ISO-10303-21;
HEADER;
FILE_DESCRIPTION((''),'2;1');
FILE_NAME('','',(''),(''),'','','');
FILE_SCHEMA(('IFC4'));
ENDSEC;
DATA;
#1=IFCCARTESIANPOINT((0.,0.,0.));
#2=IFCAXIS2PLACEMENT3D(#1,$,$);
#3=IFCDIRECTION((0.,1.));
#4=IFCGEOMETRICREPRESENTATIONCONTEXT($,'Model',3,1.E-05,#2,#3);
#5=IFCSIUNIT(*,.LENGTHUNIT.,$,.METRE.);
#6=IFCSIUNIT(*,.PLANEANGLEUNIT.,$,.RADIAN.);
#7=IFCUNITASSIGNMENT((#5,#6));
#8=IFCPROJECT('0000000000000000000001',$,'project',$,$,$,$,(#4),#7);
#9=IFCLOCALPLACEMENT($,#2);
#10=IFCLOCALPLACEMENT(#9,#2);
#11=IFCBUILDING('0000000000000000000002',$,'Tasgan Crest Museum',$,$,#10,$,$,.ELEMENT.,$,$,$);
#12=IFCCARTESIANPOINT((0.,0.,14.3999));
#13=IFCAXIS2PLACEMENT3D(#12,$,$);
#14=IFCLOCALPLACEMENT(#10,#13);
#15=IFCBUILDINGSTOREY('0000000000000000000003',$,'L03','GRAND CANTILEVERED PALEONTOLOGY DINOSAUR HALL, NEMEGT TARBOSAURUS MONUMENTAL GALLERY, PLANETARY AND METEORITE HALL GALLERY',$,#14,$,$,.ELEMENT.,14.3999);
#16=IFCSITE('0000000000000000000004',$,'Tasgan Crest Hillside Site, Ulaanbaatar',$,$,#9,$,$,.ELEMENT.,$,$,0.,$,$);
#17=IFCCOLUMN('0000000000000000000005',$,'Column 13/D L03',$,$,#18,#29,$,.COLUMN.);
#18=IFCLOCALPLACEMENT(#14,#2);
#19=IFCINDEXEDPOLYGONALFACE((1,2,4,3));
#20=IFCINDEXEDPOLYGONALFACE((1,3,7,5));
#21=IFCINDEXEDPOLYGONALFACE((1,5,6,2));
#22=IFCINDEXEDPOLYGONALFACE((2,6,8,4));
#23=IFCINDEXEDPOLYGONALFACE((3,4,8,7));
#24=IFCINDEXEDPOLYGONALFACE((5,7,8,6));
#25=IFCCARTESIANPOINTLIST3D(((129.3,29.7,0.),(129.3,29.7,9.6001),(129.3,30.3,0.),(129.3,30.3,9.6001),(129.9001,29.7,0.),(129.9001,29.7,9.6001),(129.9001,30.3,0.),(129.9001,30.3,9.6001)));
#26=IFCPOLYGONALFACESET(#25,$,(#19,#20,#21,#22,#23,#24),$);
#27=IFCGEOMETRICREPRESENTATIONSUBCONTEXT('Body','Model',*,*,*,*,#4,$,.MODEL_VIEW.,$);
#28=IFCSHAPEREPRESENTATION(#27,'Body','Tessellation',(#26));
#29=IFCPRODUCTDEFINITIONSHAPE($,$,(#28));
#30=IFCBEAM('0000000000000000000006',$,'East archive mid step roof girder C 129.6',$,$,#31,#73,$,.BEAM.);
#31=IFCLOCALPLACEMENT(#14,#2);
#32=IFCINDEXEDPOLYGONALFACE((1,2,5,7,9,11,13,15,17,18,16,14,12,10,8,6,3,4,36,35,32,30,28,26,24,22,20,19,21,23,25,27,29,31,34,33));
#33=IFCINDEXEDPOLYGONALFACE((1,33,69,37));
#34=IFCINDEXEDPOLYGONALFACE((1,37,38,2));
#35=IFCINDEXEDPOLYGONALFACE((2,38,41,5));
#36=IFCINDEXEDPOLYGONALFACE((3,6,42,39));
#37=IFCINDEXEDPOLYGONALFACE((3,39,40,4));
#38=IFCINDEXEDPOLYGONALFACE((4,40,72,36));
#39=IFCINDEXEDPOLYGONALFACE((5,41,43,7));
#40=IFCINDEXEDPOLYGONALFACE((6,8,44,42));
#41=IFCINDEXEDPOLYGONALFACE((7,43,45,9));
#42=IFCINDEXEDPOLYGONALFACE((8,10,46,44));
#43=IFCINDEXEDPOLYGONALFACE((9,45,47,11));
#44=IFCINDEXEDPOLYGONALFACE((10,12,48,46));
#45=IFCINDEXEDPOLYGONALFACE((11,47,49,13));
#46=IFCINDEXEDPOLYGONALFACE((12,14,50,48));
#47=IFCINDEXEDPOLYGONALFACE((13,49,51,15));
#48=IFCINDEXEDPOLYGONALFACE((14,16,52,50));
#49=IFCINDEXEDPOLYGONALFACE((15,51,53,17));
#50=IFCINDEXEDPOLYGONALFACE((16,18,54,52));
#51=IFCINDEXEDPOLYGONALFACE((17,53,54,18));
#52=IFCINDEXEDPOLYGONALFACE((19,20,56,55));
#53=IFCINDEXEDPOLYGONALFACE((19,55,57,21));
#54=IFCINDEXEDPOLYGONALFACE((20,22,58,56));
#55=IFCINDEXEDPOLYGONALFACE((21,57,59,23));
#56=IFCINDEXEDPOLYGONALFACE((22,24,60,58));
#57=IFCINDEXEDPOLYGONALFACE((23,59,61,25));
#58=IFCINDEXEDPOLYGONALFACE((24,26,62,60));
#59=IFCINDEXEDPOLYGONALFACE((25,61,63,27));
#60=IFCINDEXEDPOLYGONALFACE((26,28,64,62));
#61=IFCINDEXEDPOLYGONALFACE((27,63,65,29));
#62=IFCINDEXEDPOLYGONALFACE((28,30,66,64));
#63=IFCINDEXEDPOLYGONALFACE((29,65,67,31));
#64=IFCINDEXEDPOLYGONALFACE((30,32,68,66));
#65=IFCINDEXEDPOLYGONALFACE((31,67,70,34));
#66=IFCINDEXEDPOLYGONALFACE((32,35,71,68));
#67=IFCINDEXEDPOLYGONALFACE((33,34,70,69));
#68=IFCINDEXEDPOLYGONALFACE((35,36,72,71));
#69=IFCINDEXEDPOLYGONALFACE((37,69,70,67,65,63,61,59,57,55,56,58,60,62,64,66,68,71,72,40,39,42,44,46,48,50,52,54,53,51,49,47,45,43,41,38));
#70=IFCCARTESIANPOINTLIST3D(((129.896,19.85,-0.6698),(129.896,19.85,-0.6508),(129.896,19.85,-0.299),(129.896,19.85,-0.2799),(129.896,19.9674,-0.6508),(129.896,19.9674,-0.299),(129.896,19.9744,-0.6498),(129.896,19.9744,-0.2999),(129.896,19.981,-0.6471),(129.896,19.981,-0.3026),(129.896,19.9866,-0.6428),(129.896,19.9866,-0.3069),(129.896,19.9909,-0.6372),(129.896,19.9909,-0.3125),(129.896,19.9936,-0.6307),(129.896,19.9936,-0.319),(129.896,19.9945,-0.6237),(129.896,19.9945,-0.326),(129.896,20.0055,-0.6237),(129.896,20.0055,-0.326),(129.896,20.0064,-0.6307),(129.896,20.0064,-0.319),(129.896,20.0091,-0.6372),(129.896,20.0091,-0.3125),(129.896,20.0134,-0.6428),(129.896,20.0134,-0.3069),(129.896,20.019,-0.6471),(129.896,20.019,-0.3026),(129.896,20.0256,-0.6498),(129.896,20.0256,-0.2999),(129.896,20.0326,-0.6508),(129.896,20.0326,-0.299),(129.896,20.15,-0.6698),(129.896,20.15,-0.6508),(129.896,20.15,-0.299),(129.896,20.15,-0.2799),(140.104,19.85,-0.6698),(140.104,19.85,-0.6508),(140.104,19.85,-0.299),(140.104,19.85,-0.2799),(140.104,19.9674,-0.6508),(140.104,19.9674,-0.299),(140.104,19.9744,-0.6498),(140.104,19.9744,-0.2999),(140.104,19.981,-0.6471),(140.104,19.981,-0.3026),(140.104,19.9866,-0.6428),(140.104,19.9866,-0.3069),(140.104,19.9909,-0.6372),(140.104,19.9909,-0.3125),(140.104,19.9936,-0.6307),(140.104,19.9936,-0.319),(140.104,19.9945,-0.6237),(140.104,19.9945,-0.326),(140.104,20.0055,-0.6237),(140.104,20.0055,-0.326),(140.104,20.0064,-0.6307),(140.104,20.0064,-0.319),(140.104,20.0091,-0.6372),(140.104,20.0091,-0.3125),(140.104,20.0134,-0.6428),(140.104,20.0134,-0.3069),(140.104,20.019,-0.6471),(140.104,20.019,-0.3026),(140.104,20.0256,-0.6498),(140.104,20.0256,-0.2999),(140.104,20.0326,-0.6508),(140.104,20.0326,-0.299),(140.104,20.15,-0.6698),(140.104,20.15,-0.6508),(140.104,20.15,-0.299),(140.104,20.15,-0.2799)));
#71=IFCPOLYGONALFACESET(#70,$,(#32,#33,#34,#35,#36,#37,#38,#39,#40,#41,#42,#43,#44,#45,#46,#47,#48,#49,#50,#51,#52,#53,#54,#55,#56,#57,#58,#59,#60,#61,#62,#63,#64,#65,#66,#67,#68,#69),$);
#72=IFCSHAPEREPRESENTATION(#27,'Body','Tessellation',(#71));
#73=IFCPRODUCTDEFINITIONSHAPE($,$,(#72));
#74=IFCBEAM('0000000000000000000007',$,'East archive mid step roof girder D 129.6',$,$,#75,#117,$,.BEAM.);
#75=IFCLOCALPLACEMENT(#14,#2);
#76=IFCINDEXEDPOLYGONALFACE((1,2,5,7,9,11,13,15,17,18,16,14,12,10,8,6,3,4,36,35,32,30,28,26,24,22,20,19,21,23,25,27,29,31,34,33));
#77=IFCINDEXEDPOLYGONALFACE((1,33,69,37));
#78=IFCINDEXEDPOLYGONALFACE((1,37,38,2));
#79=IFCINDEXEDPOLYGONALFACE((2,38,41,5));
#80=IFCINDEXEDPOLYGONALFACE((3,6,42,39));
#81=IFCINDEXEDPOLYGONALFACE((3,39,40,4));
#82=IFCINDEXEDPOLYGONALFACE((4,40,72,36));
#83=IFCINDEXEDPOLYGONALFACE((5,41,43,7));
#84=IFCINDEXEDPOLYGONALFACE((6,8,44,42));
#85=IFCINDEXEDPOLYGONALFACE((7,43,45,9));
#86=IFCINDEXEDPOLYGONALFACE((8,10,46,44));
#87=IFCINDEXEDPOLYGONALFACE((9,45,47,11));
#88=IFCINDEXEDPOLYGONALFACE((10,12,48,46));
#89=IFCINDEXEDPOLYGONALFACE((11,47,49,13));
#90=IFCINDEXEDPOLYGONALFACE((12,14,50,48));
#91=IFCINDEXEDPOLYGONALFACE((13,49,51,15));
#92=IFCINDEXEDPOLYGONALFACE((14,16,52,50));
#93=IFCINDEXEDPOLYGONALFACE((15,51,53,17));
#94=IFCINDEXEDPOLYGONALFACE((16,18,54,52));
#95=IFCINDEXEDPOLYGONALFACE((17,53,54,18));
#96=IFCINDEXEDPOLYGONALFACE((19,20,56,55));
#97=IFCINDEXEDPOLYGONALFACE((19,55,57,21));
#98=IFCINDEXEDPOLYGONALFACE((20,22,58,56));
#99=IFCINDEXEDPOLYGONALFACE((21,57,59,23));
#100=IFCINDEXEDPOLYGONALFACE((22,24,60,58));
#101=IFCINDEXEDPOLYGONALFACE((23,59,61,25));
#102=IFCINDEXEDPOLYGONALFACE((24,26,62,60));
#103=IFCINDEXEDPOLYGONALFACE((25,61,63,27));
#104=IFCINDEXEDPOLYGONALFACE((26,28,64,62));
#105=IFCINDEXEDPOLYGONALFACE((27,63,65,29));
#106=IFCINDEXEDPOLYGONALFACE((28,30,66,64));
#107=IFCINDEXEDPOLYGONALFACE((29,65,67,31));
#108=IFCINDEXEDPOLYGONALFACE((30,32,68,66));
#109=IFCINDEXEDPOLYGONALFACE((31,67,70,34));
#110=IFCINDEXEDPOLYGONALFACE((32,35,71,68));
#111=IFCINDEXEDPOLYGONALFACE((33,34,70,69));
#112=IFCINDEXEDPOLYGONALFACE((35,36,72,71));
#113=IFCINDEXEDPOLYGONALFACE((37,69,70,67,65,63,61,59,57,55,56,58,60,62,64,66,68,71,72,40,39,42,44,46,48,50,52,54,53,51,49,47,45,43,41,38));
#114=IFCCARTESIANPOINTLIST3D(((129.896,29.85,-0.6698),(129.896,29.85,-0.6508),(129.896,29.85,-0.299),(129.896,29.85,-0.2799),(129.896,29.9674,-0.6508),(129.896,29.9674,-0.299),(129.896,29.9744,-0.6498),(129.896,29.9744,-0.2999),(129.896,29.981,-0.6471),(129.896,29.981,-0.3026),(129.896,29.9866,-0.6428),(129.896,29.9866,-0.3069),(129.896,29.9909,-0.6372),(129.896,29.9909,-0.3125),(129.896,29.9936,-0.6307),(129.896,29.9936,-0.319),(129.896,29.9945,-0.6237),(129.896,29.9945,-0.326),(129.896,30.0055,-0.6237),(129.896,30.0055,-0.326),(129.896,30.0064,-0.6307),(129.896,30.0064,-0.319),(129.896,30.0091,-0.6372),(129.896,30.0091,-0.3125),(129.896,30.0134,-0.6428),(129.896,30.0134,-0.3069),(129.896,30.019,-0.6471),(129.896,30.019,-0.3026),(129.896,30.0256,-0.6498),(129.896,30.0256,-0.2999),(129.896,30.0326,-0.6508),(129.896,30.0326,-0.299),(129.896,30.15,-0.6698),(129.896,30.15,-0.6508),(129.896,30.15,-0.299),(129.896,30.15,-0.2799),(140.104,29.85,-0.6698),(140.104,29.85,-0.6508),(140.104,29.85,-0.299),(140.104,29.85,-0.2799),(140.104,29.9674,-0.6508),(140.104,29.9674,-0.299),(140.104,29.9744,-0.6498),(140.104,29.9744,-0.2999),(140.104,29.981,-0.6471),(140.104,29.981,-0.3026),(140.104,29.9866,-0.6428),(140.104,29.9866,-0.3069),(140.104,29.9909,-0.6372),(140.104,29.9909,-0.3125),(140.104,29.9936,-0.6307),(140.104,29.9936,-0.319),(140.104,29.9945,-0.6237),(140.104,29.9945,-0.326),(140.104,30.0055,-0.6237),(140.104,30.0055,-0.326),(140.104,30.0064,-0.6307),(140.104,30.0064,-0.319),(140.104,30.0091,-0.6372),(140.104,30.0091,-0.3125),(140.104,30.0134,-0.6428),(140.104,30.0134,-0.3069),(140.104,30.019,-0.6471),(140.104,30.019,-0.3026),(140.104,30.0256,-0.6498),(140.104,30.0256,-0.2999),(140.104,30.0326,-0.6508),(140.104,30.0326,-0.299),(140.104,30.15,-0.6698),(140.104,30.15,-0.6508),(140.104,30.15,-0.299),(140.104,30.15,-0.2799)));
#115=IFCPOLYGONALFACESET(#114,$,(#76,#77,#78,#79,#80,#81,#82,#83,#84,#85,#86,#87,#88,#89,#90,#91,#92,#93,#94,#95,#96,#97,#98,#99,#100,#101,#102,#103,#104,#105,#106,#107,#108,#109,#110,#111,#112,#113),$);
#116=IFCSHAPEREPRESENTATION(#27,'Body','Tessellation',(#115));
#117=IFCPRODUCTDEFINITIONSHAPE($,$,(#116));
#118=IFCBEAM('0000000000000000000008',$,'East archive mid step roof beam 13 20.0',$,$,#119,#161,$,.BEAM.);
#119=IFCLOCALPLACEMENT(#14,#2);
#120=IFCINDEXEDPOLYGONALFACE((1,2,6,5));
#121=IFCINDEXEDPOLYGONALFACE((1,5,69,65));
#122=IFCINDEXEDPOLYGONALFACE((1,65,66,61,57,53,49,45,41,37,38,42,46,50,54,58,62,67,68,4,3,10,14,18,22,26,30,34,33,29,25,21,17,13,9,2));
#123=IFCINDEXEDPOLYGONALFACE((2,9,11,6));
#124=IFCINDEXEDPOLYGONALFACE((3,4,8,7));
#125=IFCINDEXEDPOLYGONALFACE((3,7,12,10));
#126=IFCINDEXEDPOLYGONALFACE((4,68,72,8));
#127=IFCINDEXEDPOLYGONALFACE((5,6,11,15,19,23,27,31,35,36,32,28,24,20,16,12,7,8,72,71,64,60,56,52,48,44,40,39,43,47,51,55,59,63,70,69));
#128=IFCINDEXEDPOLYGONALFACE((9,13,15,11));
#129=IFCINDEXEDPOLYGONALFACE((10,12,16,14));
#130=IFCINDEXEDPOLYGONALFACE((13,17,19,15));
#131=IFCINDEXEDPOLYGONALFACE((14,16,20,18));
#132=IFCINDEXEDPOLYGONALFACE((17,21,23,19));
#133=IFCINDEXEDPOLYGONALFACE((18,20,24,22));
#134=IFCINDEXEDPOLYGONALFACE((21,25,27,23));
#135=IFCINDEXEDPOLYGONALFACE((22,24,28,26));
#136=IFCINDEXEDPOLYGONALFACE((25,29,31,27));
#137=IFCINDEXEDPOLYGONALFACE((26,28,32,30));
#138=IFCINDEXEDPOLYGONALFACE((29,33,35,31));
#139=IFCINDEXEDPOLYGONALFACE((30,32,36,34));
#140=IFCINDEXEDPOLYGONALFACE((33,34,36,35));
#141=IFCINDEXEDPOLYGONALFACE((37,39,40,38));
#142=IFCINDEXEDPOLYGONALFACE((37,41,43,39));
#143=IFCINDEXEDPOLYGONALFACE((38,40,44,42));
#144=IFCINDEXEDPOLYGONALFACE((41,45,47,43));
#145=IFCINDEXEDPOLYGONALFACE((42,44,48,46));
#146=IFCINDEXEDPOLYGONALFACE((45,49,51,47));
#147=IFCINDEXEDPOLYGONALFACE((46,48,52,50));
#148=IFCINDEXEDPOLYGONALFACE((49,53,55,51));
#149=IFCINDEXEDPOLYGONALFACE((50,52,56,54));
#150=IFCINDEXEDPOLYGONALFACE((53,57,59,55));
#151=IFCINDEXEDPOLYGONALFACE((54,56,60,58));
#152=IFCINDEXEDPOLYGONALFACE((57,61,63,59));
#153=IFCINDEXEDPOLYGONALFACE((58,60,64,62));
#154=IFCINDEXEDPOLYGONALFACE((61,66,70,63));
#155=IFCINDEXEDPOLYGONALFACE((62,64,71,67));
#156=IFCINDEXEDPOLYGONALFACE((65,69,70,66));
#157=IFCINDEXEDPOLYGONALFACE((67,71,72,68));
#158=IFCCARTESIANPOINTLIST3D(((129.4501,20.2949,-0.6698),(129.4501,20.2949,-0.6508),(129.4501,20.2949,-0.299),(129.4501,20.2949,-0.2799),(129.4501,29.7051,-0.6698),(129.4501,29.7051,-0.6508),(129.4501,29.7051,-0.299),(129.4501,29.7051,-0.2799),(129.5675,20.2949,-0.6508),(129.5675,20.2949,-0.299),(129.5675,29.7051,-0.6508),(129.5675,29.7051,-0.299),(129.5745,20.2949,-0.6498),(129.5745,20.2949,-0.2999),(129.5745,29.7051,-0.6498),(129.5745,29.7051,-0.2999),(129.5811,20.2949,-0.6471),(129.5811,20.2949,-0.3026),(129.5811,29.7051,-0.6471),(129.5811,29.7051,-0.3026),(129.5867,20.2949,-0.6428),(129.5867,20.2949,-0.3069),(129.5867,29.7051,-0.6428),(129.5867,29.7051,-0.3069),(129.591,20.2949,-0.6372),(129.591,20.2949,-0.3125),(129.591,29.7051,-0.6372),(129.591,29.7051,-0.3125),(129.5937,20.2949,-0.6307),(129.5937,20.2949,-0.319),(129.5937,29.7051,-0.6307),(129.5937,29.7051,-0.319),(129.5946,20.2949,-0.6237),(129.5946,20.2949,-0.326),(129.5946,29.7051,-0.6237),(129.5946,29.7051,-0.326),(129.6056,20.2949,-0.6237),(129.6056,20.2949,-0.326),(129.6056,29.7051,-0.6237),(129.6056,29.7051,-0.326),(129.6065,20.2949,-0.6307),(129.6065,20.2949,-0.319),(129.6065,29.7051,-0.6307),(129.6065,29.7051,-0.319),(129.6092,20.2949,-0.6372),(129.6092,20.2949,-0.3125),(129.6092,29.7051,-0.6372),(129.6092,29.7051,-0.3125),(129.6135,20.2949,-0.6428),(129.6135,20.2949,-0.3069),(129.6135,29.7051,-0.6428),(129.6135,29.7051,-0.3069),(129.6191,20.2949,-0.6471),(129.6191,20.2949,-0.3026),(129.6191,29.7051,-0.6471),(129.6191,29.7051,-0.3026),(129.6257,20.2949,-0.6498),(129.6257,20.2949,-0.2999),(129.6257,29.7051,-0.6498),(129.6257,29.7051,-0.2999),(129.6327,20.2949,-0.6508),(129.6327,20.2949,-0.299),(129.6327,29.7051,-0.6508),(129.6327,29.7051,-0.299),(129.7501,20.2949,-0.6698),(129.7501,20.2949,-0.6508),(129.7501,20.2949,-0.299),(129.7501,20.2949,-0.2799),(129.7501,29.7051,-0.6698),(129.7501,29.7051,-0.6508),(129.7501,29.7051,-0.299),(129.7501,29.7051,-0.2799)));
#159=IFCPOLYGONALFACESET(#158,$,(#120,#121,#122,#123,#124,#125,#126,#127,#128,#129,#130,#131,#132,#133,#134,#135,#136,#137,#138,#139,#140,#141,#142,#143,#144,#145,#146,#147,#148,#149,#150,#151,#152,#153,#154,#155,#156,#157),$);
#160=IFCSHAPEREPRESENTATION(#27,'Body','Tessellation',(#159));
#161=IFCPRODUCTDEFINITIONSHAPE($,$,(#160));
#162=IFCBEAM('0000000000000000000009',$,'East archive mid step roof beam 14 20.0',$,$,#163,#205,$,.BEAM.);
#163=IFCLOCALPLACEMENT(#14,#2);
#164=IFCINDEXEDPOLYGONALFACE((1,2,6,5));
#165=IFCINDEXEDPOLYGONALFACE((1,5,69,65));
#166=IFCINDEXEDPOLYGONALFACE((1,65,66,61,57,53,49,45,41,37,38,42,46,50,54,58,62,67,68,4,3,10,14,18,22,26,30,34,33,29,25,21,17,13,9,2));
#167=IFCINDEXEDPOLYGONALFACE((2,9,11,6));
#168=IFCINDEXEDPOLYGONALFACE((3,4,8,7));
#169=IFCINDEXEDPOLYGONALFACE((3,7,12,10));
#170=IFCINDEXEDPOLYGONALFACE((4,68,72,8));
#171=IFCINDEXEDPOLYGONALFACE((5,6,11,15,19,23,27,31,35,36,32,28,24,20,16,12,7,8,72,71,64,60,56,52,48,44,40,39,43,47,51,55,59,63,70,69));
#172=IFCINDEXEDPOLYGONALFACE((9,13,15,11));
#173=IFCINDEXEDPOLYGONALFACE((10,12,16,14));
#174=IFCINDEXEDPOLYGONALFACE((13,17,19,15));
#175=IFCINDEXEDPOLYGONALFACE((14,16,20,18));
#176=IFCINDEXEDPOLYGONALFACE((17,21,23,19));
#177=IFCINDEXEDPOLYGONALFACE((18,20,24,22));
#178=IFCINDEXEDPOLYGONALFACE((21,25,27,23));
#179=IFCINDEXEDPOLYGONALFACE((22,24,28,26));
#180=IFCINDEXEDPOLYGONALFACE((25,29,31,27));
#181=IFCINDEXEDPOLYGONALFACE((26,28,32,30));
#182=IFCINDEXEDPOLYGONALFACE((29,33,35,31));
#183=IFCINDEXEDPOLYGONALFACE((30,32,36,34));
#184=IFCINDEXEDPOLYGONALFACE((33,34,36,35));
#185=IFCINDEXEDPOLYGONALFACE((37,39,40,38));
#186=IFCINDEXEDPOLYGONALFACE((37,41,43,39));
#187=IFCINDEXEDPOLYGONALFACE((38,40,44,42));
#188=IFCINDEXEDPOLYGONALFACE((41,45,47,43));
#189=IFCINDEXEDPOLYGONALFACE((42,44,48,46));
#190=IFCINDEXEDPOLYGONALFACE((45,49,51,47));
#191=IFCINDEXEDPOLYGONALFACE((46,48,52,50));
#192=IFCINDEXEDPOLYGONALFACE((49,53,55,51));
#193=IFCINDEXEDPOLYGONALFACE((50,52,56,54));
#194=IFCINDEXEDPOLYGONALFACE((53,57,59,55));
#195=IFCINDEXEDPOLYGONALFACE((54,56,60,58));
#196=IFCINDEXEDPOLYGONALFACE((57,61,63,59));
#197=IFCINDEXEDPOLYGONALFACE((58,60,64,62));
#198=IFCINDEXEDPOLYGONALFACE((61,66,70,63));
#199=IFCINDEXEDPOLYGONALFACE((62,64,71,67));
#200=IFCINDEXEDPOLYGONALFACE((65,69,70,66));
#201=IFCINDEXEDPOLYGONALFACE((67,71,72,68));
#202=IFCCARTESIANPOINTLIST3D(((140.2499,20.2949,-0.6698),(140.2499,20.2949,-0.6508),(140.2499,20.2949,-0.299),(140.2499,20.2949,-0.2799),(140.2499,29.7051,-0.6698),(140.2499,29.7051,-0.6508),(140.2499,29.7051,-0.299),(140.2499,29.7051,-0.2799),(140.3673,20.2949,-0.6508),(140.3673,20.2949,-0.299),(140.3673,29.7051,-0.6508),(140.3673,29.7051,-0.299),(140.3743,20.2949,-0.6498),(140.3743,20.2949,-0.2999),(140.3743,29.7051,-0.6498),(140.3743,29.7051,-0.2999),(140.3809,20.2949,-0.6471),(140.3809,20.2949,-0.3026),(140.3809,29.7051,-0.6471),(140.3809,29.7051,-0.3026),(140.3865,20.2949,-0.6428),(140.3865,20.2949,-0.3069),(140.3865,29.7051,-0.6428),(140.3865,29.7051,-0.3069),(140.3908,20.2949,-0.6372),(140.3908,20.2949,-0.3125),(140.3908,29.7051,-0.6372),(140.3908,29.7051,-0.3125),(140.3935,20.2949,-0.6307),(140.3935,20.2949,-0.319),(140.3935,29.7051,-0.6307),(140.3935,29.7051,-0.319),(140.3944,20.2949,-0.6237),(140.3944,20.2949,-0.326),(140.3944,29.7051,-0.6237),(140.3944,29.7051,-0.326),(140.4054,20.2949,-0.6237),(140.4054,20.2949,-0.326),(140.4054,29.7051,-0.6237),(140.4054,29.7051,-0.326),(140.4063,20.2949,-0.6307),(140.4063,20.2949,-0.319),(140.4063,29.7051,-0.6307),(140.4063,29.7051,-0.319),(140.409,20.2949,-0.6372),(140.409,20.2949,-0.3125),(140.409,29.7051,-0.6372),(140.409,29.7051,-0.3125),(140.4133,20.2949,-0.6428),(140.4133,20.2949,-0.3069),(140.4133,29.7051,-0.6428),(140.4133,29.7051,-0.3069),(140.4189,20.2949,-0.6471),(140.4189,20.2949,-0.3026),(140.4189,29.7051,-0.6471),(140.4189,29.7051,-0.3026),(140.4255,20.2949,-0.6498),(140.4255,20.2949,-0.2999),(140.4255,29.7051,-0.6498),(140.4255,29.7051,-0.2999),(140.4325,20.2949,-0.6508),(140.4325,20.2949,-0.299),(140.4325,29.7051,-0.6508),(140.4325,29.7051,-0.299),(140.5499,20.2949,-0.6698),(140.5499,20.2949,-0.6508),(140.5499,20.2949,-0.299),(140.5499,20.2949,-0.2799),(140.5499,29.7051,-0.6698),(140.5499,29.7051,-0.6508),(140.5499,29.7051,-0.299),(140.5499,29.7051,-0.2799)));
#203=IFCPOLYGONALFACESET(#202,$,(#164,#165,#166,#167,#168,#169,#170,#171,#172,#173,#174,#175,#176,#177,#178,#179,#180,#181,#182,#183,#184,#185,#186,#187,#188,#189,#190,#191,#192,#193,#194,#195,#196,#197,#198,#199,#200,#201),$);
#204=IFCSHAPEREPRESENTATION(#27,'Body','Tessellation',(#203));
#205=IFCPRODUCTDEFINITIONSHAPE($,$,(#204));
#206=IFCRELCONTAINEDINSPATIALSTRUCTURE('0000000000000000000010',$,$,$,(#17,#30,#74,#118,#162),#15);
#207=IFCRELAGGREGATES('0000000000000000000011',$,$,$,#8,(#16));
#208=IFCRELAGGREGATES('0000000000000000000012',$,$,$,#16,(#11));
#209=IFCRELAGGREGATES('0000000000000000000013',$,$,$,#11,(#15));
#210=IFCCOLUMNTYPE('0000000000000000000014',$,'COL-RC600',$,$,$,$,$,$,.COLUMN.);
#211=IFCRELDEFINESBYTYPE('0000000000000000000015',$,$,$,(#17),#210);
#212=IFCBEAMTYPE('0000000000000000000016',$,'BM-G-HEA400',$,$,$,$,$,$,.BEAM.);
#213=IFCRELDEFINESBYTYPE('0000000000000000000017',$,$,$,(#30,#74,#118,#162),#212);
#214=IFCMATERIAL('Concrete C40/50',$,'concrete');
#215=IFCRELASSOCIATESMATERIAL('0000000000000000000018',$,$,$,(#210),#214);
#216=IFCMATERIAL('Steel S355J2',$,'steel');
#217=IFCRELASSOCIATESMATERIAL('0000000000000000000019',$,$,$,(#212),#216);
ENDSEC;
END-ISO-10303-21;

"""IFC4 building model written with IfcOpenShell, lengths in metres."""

from ifc_helpers import new_model, si_unit, direction, frame, origin, origin_2d, place, context, subcontext, project, spatial, rectangle, i_section, extrude, material, material_profile, profile_set, type_object, element, save


model = new_model("IFC4")

# Units and contexts
model_context = context("Model", 3, precision=1e-05, world=origin(), true_north=direction((0.0, 1.0)))
body_context = subcontext(model_context, "Body", "Model", "MODEL_VIEW")
ifc_project = project(units=[si_unit("LENGTHUNIT", "METRE"), si_unit("PLANEANGLEUNIT", "RADIAN")], contexts=[model_context])

# Site, building, storey
site_placement = place(None, origin())
site = spatial("IfcSite", under=ifc_project, at=site_placement, Name="Tasgan Crest Hillside Site, Ulaanbaatar", CompositionType="ELEMENT", RefElevation=0.0)
building_placement = place(site_placement, origin())
building = spatial("IfcBuilding", under=site, at=building_placement, Name="Tasgan Crest Museum", CompositionType="ELEMENT")
storey_placement = place(building_placement, frame((0.0, 0.0, 14.3999)))
storey = spatial("IfcBuildingStorey", under=building, at=storey_placement, Name="L03", Description="GRAND CANTILEVERED PALEONTOLOGY DINOSAUR HALL, NEMEGT TARBOSAURUS MONUMENTAL GALLERY, PLANETARY AND METEORITE HALL GALLERY", CompositionType="ELEMENT", Elevation=14.3999)

# Column
ifc_material_1 = material(Name="Concrete C40/50", Category="concrete")
ifc_material_profile_1 = material_profile(ifc_material_1, rectangle(XDim=0.6001, YDim=0.6001, at=origin_2d()), Name="RC 600x600")
ifc_profile_set_1 = profile_set([ifc_material_profile_1], Name="Concrete C40/50")
column_type = type_object("IfcColumnType", Name="COL-RC600", PredefinedType="COLUMN", material=ifc_profile_set_1)
column_placement = place(storey_placement, frame((129.6001, 30.0, 0.0), z_axis=(0.0, 0.0, 1.0), x_axis=(1.0, 0.0, 0.0)))
element("IfcColumn", 1, at=column_placement, inside=storey, type_object=column_type, Name="Column 13/D L03", PredefinedType="COLUMN", context=body_context, shape_type="SweptSolid", body=[
    extrude(rectangle(XDim=0.6001, YDim=0.6001, at=origin_2d()), origin(), (0.0, 0.0, 1.0), 9.6001),
])

# Beams
ifc_material_2 = material(Name="Steel S355J2", Category="steel")
ifc_material_profile_2 = material_profile(ifc_material_2, i_section(OverallWidth=0.3, OverallDepth=0.3899, WebThickness=0.011, FlangeThickness=0.019, FilletRadius=0.0271, at=origin_2d()), Name="HEA 400")
ifc_profile_set_2 = profile_set([ifc_material_profile_2], Name="Steel S355J2")
beam_type_1 = type_object("IfcBeamType", Name="BM-G-HEA400", PredefinedType="BEAM", material=ifc_profile_set_2)
for number, where, z_axis, x_axis, name in (
    (2, (129.896, 20.0, -0.4749), (1.0, 0.0, 0.0), (0.0, 1.0, 0.0), "East archive mid step roof girder C 129.6"),
    (3, (129.896, 30.0, -0.4749), (1.0, 0.0, 0.0), (0.0, 1.0, 0.0), "East archive mid step roof girder D 129.6"),
):
    element("IfcBeam", number, at=place(storey_placement, frame(where, z_axis=z_axis, x_axis=x_axis)), inside=storey, type_object=beam_type_1, Name=name, PredefinedType="BEAM", context=body_context, shape_type="SweptSolid", body=[
        extrude(i_section(OverallWidth=0.3, OverallDepth=0.3899, WebThickness=0.011, FlangeThickness=0.019, FilletRadius=0.0271, at=origin_2d()), origin(), (0.0, 0.0, 1.0), 10.208),
    ])
for number, where, z_axis, x_axis, name in (
    (4, (129.6001, 20.2949, -0.4749), (0.0, 1.0, 0.0), (-1.0, 0.0, 0.0), "East archive mid step roof beam 13 20.0"),
    (5, (140.3999, 20.2949, -0.4749), (0.0, 1.0, 0.0), (-1.0, 0.0, 0.0), "East archive mid step roof beam 14 20.0"),
):
    element("IfcBeam", number, at=place(storey_placement, frame(where, z_axis=z_axis, x_axis=x_axis)), inside=storey, type_object=beam_type_1, Name=name, PredefinedType="BEAM", context=body_context, shape_type="SweptSolid", body=[
        extrude(i_section(OverallWidth=0.3, OverallDepth=0.3899, WebThickness=0.011, FlangeThickness=0.019, FilletRadius=0.0271, at=origin_2d()), origin(), (0.0, 0.0, 1.0), 9.4102),
    ])

save(model, "model.ifc")
